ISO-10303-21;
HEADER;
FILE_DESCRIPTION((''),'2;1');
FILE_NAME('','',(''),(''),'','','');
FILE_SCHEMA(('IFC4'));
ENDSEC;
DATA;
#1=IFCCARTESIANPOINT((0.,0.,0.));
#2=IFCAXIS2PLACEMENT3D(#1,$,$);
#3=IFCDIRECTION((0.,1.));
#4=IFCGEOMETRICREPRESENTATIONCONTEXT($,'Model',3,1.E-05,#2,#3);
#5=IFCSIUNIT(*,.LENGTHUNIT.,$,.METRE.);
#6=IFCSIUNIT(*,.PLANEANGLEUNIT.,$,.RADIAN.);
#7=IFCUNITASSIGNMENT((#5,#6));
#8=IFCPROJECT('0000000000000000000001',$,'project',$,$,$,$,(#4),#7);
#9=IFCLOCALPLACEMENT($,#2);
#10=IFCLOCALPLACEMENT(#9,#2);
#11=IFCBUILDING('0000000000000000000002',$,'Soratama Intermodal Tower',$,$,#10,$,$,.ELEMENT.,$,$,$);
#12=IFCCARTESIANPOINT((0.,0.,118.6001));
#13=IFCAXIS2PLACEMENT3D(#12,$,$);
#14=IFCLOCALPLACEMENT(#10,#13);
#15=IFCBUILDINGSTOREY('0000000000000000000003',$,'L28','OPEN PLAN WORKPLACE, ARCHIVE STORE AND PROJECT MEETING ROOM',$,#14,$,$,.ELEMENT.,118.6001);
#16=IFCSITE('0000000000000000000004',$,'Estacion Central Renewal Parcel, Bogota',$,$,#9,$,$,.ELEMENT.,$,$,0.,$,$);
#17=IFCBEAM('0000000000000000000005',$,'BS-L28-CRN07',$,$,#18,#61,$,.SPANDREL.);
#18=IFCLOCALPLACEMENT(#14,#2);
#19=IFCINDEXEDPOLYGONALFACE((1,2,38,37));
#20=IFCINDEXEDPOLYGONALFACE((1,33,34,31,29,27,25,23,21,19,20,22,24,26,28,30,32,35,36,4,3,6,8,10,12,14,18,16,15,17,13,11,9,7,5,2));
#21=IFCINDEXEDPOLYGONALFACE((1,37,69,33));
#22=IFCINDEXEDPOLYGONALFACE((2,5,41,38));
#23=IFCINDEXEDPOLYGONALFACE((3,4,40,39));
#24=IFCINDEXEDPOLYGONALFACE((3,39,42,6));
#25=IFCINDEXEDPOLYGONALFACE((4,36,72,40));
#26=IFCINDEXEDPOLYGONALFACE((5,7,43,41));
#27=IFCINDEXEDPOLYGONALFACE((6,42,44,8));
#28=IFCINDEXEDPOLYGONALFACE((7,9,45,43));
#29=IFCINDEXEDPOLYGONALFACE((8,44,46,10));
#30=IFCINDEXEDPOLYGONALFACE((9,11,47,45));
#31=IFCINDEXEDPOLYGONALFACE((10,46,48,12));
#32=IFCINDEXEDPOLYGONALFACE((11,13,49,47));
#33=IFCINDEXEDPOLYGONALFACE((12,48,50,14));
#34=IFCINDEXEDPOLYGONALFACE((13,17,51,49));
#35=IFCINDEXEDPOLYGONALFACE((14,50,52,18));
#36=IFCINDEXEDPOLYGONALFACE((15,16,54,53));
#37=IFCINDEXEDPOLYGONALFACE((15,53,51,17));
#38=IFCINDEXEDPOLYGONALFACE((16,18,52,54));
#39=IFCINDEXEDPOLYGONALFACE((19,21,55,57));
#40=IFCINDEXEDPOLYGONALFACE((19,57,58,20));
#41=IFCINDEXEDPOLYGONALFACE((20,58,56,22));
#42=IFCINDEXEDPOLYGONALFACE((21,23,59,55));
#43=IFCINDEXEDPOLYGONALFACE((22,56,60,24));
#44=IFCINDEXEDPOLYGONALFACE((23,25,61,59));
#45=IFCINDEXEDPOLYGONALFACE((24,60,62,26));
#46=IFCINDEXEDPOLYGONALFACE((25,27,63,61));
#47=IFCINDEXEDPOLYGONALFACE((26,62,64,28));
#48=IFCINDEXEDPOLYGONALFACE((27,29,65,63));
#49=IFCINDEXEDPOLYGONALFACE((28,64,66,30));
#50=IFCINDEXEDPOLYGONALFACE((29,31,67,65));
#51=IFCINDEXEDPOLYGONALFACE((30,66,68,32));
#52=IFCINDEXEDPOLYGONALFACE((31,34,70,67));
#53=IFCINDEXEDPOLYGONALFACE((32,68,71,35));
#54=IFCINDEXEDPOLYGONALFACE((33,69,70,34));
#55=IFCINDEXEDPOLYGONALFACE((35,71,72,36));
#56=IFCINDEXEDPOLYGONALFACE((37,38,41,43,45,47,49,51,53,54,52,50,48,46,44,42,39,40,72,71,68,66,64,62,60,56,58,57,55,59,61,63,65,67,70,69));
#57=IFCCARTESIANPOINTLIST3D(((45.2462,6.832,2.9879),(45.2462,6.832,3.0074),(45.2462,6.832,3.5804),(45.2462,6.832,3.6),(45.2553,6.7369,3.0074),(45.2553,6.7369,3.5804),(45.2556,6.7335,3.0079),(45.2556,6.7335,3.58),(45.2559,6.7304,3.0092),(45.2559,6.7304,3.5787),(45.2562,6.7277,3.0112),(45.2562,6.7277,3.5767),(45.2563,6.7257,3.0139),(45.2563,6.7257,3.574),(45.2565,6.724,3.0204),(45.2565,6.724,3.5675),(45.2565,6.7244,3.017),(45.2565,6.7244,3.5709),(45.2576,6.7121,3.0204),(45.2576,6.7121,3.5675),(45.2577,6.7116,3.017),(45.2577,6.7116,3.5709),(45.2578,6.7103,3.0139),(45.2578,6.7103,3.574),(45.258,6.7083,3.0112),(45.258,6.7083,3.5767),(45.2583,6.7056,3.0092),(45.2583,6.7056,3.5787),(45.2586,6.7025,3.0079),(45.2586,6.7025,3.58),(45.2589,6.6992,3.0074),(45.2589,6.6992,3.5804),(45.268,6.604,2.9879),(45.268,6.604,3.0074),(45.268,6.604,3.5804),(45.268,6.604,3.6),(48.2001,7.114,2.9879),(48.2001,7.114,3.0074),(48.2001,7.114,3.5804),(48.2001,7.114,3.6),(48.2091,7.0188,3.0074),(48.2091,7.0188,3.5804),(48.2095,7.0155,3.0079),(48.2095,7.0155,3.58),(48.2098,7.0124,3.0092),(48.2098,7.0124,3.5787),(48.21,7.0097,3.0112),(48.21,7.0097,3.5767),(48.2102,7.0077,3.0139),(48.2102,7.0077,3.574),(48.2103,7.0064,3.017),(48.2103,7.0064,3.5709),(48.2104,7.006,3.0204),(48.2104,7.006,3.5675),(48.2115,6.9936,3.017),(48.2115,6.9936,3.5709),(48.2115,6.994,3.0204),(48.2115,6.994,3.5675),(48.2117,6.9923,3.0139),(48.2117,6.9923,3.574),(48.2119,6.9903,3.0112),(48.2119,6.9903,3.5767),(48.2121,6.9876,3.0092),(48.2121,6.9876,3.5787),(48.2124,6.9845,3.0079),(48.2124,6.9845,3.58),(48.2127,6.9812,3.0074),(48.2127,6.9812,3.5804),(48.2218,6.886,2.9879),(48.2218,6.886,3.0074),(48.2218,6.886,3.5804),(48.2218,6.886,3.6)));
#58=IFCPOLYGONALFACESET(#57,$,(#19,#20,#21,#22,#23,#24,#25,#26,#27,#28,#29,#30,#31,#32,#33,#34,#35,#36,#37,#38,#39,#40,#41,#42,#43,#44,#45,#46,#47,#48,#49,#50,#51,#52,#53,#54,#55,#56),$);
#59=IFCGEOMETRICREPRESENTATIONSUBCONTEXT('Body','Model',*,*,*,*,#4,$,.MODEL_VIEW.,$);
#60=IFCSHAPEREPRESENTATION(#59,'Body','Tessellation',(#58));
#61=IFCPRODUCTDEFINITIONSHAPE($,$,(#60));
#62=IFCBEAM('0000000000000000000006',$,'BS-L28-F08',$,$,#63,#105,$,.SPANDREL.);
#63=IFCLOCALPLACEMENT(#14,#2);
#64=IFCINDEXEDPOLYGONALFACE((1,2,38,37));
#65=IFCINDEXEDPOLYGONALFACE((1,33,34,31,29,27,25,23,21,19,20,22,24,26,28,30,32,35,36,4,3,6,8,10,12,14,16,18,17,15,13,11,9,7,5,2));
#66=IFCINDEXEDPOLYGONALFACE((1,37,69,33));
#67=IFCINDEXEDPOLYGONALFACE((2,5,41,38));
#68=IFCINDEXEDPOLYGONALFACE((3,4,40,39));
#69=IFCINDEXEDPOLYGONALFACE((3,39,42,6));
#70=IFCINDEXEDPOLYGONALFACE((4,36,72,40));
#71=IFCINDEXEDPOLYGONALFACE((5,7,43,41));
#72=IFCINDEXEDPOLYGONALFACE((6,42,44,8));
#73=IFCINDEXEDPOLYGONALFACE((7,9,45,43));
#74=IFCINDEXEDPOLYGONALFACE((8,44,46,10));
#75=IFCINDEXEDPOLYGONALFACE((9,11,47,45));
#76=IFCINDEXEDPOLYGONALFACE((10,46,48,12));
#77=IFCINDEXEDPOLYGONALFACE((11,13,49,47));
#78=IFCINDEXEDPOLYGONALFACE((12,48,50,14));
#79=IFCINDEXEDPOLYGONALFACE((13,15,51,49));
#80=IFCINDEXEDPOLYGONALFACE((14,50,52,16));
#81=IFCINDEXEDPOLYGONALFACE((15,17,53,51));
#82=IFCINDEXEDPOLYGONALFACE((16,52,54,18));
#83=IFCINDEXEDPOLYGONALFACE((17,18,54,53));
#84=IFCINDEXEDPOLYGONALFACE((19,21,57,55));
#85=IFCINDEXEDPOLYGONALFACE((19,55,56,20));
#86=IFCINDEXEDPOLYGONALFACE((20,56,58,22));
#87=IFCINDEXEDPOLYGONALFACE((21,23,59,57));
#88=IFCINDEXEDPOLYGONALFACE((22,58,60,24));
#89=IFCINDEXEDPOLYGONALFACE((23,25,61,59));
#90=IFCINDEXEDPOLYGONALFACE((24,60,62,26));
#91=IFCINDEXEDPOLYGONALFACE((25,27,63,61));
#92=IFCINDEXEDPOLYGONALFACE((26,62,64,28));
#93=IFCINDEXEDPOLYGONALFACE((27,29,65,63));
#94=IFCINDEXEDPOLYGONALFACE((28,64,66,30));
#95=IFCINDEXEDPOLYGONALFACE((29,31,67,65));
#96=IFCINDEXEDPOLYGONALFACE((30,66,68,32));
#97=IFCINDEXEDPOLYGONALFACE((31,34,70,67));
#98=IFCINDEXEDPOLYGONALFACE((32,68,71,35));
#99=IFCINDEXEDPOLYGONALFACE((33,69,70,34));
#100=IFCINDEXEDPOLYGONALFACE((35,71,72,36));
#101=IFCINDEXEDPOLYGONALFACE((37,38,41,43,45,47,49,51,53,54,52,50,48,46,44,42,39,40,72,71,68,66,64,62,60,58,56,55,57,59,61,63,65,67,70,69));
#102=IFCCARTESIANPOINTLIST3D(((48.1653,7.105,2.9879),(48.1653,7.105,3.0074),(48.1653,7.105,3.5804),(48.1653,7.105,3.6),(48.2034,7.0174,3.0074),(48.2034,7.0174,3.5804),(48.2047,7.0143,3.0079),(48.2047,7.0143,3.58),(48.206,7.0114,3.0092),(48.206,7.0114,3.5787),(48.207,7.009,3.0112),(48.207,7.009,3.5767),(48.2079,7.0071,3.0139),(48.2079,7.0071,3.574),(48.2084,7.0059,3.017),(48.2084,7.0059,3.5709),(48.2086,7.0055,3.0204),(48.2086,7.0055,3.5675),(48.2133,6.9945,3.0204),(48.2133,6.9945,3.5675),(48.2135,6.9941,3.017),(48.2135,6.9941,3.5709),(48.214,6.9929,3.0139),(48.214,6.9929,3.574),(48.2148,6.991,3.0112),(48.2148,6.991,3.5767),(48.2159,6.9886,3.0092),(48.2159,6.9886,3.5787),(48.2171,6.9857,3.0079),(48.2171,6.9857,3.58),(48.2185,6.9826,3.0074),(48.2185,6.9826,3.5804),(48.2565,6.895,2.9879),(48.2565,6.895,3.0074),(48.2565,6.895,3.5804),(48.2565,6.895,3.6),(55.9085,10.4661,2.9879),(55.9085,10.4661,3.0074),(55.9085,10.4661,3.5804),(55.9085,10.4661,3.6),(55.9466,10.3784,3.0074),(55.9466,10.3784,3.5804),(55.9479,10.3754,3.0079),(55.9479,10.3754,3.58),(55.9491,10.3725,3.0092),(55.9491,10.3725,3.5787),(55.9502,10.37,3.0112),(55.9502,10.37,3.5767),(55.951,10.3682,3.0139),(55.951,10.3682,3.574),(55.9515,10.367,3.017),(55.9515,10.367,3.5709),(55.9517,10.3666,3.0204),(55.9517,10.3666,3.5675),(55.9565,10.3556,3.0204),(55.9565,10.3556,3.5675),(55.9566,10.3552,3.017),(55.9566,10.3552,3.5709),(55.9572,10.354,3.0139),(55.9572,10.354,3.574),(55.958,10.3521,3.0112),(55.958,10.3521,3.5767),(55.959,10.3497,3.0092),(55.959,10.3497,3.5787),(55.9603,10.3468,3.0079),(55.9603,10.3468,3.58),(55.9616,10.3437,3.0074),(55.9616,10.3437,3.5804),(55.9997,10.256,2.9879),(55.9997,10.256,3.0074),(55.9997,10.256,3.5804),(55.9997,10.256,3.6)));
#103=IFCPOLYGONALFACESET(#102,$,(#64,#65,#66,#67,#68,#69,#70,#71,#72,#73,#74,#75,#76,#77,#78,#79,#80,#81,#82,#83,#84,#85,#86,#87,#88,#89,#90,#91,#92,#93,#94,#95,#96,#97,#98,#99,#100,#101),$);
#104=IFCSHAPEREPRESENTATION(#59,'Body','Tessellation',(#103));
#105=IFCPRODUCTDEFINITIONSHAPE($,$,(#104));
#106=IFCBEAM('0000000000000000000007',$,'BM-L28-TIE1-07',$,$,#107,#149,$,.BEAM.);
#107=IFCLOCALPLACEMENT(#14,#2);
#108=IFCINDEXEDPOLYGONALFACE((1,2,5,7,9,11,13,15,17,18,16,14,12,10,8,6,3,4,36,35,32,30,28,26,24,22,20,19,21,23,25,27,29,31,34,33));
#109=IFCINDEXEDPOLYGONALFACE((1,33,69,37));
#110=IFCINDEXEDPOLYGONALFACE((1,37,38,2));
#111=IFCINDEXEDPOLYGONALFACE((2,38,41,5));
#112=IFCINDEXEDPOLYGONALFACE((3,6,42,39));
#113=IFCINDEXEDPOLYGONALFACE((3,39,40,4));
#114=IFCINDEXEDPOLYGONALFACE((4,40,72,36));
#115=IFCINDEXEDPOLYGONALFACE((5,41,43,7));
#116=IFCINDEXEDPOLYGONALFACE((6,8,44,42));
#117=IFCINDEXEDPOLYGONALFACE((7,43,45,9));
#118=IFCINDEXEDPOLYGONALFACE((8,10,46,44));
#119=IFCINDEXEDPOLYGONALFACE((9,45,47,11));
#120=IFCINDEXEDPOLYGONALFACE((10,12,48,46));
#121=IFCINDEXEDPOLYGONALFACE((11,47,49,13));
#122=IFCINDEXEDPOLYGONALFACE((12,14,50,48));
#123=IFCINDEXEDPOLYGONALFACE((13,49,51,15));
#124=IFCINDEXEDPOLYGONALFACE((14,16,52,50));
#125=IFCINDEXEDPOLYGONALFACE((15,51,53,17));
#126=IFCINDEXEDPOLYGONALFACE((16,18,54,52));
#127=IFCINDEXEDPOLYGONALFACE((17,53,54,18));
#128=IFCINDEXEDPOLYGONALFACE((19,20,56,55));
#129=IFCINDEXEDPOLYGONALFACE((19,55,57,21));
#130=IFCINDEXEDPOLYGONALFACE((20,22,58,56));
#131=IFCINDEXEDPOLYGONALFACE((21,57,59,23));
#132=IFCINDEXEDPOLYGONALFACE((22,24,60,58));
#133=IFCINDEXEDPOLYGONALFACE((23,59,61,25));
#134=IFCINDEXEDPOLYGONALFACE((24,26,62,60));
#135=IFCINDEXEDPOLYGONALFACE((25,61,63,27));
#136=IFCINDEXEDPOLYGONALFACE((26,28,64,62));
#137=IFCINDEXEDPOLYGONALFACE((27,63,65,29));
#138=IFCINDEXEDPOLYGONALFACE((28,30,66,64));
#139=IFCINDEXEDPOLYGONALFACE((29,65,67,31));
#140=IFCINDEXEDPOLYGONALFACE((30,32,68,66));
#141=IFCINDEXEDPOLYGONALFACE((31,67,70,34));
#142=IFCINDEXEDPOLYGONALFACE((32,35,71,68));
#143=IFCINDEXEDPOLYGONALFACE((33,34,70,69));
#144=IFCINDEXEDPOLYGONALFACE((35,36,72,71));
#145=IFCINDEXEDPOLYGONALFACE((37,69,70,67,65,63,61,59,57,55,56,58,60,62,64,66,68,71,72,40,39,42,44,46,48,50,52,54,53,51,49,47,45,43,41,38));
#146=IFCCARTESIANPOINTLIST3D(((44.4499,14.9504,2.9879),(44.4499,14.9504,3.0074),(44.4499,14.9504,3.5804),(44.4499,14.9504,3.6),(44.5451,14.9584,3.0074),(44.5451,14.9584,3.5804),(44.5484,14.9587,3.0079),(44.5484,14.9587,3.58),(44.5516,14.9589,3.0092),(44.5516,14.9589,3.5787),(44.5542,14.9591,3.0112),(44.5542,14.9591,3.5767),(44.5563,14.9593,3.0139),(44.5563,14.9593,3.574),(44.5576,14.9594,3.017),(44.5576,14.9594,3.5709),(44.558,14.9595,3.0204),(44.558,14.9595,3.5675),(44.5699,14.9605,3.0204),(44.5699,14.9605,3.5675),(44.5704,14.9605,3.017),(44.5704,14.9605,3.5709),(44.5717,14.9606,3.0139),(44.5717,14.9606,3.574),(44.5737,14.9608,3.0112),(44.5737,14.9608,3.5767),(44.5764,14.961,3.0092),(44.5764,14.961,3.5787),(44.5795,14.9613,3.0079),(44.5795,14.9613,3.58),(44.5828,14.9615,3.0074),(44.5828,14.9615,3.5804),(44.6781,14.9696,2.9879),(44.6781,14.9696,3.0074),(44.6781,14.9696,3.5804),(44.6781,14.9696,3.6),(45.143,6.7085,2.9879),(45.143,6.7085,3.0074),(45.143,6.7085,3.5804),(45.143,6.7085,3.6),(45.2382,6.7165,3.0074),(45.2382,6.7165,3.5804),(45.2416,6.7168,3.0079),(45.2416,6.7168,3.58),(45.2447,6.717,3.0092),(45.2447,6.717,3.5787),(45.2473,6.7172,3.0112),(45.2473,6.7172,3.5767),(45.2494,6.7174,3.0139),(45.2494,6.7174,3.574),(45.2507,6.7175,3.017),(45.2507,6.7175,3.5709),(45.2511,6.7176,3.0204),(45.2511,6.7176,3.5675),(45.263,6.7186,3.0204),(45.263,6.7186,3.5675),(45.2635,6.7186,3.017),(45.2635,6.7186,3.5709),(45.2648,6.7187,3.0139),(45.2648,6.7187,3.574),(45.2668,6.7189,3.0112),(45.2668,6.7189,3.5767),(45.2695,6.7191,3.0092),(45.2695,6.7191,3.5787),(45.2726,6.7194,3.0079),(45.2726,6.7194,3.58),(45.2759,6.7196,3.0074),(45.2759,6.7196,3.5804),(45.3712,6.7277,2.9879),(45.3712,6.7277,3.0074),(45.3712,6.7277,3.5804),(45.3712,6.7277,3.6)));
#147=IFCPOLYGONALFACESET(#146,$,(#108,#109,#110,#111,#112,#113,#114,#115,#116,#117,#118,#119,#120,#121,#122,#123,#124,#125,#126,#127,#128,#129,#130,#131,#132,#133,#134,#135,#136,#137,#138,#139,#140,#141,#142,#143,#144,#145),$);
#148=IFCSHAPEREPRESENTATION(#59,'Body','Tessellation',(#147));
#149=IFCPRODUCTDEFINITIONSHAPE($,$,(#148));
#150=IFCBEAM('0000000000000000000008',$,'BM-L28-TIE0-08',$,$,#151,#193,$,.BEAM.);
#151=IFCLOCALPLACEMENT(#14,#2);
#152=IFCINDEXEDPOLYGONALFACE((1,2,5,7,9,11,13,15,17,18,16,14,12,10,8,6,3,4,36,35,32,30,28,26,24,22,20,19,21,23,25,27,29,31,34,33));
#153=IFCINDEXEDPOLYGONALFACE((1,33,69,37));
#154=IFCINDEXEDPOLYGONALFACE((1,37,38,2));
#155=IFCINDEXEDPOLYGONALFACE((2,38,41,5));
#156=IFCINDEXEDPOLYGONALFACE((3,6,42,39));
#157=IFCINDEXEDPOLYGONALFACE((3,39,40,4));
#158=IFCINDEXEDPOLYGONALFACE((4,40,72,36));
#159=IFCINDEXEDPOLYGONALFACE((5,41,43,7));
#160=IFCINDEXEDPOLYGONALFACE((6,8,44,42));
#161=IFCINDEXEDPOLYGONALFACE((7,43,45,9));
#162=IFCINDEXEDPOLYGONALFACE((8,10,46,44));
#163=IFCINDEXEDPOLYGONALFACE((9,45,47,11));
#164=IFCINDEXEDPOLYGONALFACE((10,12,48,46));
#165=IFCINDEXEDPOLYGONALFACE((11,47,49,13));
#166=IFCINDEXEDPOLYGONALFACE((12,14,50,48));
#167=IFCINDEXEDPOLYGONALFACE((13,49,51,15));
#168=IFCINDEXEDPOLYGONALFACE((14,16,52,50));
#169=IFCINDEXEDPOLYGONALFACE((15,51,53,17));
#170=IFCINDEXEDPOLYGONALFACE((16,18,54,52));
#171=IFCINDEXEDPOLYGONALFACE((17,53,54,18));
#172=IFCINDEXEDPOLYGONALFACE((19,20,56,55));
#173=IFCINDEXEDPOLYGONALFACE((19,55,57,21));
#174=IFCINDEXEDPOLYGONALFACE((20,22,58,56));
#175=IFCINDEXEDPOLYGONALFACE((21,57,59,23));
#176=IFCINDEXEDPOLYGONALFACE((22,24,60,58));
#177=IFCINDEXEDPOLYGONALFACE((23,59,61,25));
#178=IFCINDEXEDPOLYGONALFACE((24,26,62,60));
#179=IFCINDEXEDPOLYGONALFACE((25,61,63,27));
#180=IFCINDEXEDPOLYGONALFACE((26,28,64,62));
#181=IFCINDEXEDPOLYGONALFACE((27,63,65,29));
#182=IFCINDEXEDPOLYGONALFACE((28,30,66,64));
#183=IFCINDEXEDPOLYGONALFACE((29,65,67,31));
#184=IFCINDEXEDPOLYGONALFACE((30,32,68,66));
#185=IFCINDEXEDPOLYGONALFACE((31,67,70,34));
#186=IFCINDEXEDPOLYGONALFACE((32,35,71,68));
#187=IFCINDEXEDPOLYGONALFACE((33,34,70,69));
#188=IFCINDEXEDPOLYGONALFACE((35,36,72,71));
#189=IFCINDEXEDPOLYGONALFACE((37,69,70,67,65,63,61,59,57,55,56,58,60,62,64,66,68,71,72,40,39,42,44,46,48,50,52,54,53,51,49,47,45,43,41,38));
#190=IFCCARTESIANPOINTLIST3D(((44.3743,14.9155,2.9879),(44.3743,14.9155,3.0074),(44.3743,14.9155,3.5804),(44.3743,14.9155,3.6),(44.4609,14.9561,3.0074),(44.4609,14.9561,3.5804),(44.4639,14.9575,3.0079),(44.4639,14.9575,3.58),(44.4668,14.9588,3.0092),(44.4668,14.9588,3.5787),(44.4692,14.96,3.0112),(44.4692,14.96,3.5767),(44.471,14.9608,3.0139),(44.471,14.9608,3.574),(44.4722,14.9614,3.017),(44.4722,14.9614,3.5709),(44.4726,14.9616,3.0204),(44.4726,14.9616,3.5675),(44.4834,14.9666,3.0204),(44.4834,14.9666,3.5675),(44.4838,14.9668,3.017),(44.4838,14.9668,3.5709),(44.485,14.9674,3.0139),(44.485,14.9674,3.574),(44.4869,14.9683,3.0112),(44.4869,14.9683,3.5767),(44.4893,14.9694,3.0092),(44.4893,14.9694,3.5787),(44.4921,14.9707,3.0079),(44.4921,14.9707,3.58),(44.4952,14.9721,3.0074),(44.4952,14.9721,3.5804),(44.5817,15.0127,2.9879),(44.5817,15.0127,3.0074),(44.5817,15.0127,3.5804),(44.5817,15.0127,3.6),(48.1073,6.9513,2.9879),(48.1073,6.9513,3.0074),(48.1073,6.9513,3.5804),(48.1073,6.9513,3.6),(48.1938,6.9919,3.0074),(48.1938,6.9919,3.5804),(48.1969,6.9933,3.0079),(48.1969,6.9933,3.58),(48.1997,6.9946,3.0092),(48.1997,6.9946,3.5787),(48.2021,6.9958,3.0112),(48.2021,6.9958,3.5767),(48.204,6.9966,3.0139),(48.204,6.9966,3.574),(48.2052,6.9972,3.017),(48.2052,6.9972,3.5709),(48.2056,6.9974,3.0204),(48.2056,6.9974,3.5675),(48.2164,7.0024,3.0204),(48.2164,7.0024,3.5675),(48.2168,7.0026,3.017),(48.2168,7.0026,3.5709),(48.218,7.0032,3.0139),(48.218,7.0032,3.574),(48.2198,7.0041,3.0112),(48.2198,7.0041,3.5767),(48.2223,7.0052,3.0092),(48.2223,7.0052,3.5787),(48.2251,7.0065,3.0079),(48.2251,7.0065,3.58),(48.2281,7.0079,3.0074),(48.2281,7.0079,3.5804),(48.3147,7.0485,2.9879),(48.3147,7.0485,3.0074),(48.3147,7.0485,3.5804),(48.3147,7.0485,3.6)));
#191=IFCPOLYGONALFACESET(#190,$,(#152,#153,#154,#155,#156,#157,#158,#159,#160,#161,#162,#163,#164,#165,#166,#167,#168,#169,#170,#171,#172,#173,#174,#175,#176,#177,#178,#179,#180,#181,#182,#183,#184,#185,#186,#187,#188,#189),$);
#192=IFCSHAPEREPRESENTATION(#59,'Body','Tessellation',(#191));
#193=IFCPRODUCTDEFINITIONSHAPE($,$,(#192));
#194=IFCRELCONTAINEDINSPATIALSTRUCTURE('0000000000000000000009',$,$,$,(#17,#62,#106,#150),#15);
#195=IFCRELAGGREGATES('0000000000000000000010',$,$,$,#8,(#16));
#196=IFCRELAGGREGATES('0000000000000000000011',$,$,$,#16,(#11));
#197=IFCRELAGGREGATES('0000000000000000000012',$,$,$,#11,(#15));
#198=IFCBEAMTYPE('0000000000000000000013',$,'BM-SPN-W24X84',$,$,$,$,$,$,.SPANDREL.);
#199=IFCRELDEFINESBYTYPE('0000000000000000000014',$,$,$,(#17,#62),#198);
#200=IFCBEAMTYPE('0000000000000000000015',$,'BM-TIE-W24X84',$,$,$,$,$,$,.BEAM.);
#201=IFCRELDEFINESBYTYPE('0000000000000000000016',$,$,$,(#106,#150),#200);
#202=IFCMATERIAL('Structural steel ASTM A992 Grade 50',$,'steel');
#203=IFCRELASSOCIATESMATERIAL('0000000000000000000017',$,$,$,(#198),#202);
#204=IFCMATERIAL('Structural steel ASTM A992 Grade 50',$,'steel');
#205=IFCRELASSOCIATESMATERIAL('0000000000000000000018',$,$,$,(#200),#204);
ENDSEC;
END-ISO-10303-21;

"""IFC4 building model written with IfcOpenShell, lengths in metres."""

from ifc_helpers import new_model, si_unit, direction, frame, origin, origin_2d, place, context, subcontext, project, spatial, i_section, extrude, material, material_profile, profile_set, type_object, element, save


model = new_model("IFC4")

# Units and contexts
model_context = context("Model", 3, precision=1e-05, world=origin(), true_north=direction((0.0, 1.0)))
body_context = subcontext(model_context, "Body", "Model", "MODEL_VIEW")
ifc_project = project(units=[si_unit("LENGTHUNIT", "METRE"), si_unit("PLANEANGLEUNIT", "RADIAN")], contexts=[model_context])

# Site, building, storey
site_placement = place(None, origin())
site = spatial("IfcSite", under=ifc_project, at=site_placement, Name="Estacion Central Renewal Parcel, Bogota", CompositionType="ELEMENT", RefElevation=0.0)
building_placement = place(site_placement, origin())
building = spatial("IfcBuilding", under=site, at=building_placement, Name="Soratama Intermodal Tower", CompositionType="ELEMENT")
storey_placement = place(building_placement, frame((0.0, 0.0, 118.6001)))
storey = spatial("IfcBuildingStorey", under=building, at=storey_placement, Name="L28", Description="OPEN PLAN WORKPLACE, ARCHIVE STORE AND PROJECT MEETING ROOM", CompositionType="ELEMENT", Elevation=118.6001)

# Beams
ifc_material_1 = material(Name="Structural steel ASTM A992 Grade 50", Category="steel")
ifc_material_profile_1 = material_profile(ifc_material_1, i_section(OverallWidth=0.229, OverallDepth=0.6121, WebThickness=0.012, FlangeThickness=0.0195, FilletRadius=0.0129, at=origin_2d()), Name="W24X84")
ifc_profile_set_1 = profile_set([ifc_material_profile_1], Name="Structural steel ASTM A992 Grade 50")
beam_type_1 = type_object("IfcBeamType", Name="BM-SPN-W24X84", PredefinedType="SPANDREL", material=ifc_profile_set_1)
beam_1_placement = place(storey_placement, frame((45.2571, 6.718, 3.2939), z_axis=(0.995474, 0.09503, 0.0), x_axis=(-0.09503, 0.995474, 0.0)))
element("IfcBeam", 1, at=beam_1_placement, inside=storey, type_object=beam_type_1, Name="BS-L28-CRN07", PredefinedType="SPANDREL", context=body_context, shape_type="SweptSolid", body=[
    extrude(i_section(OverallWidth=0.229, OverallDepth=0.6121, WebThickness=0.012, FlangeThickness=0.0195, FilletRadius=0.0129, at=origin_2d()), origin(), (0.0, 0.0, 1.0), 2.9673),
])
beam_2_placement = place(storey_placement, frame((48.2109, 7.0, 3.2939), z_axis=(0.917309, 0.398177, 0.0), x_axis=(-0.398177, 0.917309, 0.0)))
element("IfcBeam", 2, at=beam_2_placement, inside=storey, type_object=beam_type_1, Name="BS-L28-F08", PredefinedType="SPANDREL", context=body_context, shape_type="SweptSolid", body=[
    extrude(i_section(OverallWidth=0.229, OverallDepth=0.6121, WebThickness=0.012, FlangeThickness=0.0195, FilletRadius=0.0129, at=origin_2d()), origin(), (0.0, 0.0, 1.0), 8.4412),
])
ifc_material_2 = material(Name="Structural steel ASTM A992 Grade 50", Category="steel")
ifc_material_profile_2 = material_profile(ifc_material_2, i_section(OverallWidth=0.229, OverallDepth=0.6121, WebThickness=0.012, FlangeThickness=0.0195, FilletRadius=0.0129, at=origin_2d()), Name="W24X84")
ifc_profile_set_2 = profile_set([ifc_material_profile_2], Name="Structural steel ASTM A992 Grade 50")
beam_type_2 = type_object("IfcBeamType", Name="BM-TIE-W24X84", PredefinedType="BEAM", material=ifc_profile_set_2)
beam_3_placement = place(storey_placement, frame((44.564, 14.96, 3.2939), z_axis=(0.0838, -0.996483, 0.0), x_axis=(0.996483, 0.0838, 0.0)))
element("IfcBeam", 3, at=beam_3_placement, inside=storey, type_object=beam_type_2, Name="BM-L28-TIE1-07", PredefinedType="BEAM", context=body_context, shape_type="SweptSolid", body=[
    extrude(i_section(OverallWidth=0.229, OverallDepth=0.6121, WebThickness=0.012, FlangeThickness=0.0195, FilletRadius=0.0129, at=origin_2d()), origin(), (0.0, 0.0, 1.0), 8.271),
])
beam_4_placement = place(storey_placement, frame((44.478, 14.9641, 3.2939), z_axis=(0.424409, -0.905471, 0.0), x_axis=(0.905471, 0.424409, 0.0)))
element("IfcBeam", 4, at=beam_4_placement, inside=storey, type_object=beam_type_2, Name="BM-L28-TIE0-08", PredefinedType="BEAM", context=body_context, shape_type="SweptSolid", body=[
    extrude(i_section(OverallWidth=0.229, OverallDepth=0.6121, WebThickness=0.012, FlangeThickness=0.0195, FilletRadius=0.0129, at=origin_2d()), origin(), (0.0, 0.0, 1.0), 8.7957),
])

save(model, "model.ifc")
